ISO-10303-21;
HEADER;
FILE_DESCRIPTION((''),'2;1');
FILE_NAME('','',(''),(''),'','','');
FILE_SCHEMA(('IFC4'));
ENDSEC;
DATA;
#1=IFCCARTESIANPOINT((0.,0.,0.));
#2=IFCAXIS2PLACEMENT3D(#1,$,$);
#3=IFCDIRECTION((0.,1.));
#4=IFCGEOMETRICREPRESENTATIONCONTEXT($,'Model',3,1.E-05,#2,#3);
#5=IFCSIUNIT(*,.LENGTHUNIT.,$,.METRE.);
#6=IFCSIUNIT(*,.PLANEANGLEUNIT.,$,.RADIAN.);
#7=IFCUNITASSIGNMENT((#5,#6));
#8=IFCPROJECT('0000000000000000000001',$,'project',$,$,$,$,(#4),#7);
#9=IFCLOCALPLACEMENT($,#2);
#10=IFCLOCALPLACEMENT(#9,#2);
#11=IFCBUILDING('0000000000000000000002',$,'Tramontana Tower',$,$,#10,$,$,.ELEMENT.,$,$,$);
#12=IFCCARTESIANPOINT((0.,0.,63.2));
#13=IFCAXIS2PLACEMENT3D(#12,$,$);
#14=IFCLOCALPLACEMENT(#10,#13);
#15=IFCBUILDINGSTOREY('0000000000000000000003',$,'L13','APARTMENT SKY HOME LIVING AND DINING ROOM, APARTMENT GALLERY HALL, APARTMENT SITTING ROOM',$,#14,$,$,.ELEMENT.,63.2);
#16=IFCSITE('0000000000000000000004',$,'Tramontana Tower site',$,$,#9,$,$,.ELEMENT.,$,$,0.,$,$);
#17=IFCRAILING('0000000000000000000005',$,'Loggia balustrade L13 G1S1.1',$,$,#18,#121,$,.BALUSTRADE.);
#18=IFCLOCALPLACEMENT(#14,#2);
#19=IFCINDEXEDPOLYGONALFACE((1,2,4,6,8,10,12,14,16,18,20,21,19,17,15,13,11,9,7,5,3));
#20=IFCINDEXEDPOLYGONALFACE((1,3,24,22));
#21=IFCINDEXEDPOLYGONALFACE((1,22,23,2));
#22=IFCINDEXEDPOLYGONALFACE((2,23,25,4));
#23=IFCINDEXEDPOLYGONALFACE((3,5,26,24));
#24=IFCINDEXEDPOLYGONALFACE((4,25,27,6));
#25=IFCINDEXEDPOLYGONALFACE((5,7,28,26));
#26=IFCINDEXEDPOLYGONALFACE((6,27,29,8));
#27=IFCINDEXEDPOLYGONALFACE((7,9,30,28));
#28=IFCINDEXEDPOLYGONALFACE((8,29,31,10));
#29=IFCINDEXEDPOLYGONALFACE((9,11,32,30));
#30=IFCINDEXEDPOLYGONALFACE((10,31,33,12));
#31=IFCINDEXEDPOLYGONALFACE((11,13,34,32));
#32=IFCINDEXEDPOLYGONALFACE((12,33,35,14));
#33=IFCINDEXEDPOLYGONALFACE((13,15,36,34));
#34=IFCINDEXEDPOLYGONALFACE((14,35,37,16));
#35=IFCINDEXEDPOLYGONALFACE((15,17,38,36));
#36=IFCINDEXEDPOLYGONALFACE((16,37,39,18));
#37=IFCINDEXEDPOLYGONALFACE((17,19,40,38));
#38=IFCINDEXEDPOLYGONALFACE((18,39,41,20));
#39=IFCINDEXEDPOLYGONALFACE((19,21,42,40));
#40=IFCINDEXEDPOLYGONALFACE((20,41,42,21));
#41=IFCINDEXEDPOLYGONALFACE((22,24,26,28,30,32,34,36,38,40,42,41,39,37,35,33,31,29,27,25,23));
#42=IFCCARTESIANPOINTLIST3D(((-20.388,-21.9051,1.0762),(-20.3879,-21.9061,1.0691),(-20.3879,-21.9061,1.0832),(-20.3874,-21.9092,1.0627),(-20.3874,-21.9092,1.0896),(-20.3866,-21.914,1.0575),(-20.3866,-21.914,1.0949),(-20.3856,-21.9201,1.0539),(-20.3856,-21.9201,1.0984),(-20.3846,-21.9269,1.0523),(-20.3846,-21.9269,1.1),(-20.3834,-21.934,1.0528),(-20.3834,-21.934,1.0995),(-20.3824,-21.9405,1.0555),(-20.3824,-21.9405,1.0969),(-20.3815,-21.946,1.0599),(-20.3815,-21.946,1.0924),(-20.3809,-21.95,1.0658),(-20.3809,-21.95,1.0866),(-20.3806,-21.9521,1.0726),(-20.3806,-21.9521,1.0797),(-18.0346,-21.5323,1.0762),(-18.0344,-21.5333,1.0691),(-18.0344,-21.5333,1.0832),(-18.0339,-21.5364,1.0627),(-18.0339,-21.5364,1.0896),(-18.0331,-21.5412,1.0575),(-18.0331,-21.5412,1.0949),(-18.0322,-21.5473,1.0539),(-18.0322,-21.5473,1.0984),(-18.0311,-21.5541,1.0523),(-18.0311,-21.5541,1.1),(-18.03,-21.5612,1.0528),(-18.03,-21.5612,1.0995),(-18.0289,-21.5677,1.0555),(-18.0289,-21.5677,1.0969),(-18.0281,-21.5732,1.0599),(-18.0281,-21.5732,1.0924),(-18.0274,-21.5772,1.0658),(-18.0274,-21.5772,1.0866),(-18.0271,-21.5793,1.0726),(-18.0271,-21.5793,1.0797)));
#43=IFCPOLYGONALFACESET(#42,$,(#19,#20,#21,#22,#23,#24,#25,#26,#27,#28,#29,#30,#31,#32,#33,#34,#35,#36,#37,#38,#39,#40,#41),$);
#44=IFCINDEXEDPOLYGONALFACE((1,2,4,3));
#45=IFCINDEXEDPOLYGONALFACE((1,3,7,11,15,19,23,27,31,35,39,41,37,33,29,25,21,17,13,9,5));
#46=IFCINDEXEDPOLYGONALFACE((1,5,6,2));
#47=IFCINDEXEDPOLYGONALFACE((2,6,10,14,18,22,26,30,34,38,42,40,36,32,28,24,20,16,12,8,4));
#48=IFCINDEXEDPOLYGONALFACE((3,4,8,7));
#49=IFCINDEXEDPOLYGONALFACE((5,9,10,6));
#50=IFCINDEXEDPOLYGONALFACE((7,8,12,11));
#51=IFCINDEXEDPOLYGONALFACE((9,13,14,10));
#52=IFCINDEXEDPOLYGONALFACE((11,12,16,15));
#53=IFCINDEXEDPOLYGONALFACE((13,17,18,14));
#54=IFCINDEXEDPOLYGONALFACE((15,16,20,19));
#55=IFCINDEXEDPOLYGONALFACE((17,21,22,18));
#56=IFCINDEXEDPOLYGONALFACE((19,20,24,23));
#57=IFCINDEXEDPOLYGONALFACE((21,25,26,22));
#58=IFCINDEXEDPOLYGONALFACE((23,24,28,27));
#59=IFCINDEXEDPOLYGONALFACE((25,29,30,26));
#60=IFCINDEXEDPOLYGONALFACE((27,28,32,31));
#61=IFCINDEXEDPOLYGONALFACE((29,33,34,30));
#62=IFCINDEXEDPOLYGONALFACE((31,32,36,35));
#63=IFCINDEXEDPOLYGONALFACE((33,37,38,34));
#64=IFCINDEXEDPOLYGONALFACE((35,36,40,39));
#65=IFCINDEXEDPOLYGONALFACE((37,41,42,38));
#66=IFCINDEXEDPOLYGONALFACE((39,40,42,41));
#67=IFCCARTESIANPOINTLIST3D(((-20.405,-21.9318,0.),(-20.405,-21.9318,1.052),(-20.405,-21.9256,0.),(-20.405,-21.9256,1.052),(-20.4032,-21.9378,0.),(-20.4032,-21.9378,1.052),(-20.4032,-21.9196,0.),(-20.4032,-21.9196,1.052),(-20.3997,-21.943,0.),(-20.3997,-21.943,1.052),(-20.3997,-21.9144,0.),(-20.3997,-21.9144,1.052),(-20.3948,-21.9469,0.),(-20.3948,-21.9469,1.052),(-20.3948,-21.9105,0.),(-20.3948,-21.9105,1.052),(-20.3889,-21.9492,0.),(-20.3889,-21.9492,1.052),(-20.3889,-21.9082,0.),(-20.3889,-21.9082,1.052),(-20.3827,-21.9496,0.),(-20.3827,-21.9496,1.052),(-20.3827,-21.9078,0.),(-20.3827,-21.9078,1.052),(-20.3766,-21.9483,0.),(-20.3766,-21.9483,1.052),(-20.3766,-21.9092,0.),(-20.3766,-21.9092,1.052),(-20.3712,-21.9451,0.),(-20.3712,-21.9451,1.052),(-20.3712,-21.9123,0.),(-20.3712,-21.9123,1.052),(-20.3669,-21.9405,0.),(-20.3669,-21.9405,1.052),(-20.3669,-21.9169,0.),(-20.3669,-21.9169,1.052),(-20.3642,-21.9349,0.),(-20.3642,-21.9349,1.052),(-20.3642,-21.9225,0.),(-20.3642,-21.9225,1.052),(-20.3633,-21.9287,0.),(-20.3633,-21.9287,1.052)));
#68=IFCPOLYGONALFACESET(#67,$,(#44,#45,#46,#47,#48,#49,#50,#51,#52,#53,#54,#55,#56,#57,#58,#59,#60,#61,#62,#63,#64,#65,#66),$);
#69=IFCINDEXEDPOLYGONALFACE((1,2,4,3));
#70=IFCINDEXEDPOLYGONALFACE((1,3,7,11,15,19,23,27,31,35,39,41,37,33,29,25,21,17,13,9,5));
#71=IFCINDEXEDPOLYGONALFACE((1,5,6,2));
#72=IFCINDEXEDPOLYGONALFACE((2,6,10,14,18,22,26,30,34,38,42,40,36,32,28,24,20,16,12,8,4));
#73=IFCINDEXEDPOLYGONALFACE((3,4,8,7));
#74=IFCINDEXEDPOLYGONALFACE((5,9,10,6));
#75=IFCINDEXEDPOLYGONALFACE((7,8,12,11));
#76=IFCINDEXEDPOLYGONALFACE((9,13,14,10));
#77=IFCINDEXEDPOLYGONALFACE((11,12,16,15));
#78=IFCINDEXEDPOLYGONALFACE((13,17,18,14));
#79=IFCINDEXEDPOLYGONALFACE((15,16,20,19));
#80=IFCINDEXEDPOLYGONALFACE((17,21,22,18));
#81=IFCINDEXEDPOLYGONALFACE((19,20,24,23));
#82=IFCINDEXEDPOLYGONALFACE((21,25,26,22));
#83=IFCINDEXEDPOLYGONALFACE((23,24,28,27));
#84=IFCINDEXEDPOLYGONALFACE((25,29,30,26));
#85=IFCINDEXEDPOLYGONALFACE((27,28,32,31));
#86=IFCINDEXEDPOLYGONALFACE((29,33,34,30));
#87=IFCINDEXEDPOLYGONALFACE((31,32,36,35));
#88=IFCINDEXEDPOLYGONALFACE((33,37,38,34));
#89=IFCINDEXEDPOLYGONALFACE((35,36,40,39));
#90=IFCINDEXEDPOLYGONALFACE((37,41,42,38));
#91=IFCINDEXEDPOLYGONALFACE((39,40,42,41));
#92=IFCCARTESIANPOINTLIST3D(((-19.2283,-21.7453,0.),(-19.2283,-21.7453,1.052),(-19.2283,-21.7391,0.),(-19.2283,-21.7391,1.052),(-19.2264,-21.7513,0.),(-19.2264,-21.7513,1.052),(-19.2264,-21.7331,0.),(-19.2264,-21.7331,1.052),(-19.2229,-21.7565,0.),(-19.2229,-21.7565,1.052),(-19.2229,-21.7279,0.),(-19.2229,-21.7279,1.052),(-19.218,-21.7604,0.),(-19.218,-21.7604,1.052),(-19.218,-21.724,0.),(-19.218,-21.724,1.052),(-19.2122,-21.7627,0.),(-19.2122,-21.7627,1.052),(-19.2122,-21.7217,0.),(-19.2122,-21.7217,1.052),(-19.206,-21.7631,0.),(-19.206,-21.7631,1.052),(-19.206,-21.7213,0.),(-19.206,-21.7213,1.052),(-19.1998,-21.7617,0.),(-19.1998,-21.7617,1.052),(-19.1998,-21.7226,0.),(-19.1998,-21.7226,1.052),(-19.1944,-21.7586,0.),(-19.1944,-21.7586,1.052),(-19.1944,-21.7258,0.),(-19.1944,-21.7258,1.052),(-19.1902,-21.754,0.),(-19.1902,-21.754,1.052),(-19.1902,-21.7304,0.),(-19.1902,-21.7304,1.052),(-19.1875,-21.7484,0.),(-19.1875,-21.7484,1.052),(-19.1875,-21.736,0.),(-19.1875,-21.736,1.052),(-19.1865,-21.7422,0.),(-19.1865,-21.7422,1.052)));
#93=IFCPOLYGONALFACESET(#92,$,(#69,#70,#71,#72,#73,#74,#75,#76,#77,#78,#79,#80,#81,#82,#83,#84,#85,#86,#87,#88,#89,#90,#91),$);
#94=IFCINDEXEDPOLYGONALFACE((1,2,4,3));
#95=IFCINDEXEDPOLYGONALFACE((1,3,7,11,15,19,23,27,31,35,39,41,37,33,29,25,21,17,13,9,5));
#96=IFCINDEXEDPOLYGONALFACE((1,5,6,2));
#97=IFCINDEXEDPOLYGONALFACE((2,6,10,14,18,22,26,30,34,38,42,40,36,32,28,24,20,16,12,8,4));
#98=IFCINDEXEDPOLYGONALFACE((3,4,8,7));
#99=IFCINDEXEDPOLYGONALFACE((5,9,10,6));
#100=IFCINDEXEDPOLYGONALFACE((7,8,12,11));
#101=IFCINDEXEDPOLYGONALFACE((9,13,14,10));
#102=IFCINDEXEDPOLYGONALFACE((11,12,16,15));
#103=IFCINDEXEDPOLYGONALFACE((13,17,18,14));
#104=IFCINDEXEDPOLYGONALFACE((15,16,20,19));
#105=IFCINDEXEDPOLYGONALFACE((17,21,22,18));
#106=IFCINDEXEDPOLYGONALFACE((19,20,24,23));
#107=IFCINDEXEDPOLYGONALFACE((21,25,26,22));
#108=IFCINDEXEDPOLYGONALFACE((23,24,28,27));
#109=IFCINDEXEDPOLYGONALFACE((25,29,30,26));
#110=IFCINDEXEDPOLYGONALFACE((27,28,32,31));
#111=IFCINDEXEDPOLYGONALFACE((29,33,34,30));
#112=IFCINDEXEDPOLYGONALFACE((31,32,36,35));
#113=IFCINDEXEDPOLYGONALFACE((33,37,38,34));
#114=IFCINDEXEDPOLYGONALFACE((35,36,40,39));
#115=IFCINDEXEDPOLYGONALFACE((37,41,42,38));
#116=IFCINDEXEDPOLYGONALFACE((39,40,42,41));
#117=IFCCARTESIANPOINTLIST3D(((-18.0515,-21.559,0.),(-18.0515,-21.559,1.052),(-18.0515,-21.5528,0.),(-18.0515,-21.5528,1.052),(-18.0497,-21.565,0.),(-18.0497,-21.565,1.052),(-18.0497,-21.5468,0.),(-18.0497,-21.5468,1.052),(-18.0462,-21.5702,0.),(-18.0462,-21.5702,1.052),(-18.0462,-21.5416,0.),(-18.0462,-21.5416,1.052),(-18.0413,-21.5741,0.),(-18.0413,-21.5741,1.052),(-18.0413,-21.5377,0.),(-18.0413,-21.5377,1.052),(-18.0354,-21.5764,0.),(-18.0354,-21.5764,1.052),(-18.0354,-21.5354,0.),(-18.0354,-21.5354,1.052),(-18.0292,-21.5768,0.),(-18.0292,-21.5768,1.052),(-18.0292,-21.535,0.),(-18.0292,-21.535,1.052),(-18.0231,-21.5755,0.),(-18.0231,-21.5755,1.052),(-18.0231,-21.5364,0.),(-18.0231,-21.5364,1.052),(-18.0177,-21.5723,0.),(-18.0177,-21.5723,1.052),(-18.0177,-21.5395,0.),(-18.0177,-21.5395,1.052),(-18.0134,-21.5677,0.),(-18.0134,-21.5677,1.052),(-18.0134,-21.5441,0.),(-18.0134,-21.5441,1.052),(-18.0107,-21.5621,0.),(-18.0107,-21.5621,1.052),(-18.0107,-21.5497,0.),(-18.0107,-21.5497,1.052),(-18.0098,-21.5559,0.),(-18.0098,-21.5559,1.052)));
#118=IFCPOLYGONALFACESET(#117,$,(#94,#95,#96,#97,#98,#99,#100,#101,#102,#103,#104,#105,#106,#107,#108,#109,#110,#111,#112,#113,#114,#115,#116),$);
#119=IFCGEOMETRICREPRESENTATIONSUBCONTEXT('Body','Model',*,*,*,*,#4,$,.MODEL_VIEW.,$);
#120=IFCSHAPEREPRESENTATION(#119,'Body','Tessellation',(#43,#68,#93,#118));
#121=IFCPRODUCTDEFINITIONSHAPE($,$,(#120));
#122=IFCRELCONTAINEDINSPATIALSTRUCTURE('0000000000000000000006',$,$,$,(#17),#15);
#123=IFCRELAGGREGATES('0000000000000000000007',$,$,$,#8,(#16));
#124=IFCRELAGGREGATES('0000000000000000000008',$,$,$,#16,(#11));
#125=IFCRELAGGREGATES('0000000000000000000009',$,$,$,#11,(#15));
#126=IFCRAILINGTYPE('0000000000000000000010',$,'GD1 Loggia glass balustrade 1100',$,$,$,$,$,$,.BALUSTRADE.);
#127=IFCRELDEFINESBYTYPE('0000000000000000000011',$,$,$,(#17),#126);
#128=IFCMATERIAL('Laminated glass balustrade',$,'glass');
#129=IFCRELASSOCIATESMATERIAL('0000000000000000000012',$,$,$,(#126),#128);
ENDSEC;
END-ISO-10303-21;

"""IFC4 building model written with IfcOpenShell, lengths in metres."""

from ifc_helpers import new_model, si_unit, direction, frame, origin, origin_2d, place, context, subcontext, project, spatial, circle, extrude, material, type_object, element, save


model = new_model("IFC4")

# Units and contexts
model_context = context("Model", 3, precision=1e-05, world=origin(), true_north=direction((0.0, 1.0)))
body_context = subcontext(model_context, "Body", "Model", "MODEL_VIEW")
ifc_project = project(units=[si_unit("LENGTHUNIT", "METRE"), si_unit("PLANEANGLEUNIT", "RADIAN")], contexts=[model_context])

# Site, building, storey
site_placement = place(None, origin())
site = spatial("IfcSite", under=ifc_project, at=site_placement, Name="Tramontana Tower site", CompositionType="ELEMENT", RefElevation=0.0)
building_placement = place(site_placement, origin())
building = spatial("IfcBuilding", under=site, at=building_placement, Name="Tramontana Tower", CompositionType="ELEMENT")
storey_placement = place(building_placement, frame((0.0, 0.0, 63.2)))
storey = spatial("IfcBuildingStorey", under=building, at=storey_placement, Name="L13", Description="APARTMENT SKY HOME LIVING AND DINING ROOM, APARTMENT GALLERY HALL, APARTMENT SITTING ROOM", CompositionType="ELEMENT", Elevation=63.2)

# Railing
ifc_material_1 = material(Name="Laminated glass balustrade", Category="glass")
railing_type = type_object("IfcRailingType", Name="GD1 Loggia glass balustrade 1100", PredefinedType="BALUSTRADE", material=ifc_material_1)
railing_1_placement = place(storey_placement, frame((-20.3843, -21.9287, 0.0)))
element("IfcRailing", 1, at=railing_1_placement, inside=storey, type_object=railing_type, Name="Loggia balustrade L13 G1S1.1", PredefinedType="BALUSTRADE", context=body_context, shape_type="SweptSolid", body=[
    extrude(circle(Radius=0.0239, at=origin_2d()), frame((0.0, 0.0, 1.0762), z_axis=(0.987686, 0.156452, 0.0), x_axis=(-0.156452, 0.987686, 0.0)), (0.0, 0.0, 1.0), 2.3828),
    extrude(circle(Radius=0.021, at=origin_2d()), origin(), (0.0, 0.0, 1.0), 1.052),
    extrude(circle(Radius=0.021, at=origin_2d()), frame((1.1768, 0.1865, 0.0)), (0.0, 0.0, 1.0), 1.052),
    extrude(circle(Radius=0.021, at=origin_2d()), frame((2.3535, 0.3728, 0.0)), (0.0, 0.0, 1.0), 1.052),
])

save(model, "model.ifc")
